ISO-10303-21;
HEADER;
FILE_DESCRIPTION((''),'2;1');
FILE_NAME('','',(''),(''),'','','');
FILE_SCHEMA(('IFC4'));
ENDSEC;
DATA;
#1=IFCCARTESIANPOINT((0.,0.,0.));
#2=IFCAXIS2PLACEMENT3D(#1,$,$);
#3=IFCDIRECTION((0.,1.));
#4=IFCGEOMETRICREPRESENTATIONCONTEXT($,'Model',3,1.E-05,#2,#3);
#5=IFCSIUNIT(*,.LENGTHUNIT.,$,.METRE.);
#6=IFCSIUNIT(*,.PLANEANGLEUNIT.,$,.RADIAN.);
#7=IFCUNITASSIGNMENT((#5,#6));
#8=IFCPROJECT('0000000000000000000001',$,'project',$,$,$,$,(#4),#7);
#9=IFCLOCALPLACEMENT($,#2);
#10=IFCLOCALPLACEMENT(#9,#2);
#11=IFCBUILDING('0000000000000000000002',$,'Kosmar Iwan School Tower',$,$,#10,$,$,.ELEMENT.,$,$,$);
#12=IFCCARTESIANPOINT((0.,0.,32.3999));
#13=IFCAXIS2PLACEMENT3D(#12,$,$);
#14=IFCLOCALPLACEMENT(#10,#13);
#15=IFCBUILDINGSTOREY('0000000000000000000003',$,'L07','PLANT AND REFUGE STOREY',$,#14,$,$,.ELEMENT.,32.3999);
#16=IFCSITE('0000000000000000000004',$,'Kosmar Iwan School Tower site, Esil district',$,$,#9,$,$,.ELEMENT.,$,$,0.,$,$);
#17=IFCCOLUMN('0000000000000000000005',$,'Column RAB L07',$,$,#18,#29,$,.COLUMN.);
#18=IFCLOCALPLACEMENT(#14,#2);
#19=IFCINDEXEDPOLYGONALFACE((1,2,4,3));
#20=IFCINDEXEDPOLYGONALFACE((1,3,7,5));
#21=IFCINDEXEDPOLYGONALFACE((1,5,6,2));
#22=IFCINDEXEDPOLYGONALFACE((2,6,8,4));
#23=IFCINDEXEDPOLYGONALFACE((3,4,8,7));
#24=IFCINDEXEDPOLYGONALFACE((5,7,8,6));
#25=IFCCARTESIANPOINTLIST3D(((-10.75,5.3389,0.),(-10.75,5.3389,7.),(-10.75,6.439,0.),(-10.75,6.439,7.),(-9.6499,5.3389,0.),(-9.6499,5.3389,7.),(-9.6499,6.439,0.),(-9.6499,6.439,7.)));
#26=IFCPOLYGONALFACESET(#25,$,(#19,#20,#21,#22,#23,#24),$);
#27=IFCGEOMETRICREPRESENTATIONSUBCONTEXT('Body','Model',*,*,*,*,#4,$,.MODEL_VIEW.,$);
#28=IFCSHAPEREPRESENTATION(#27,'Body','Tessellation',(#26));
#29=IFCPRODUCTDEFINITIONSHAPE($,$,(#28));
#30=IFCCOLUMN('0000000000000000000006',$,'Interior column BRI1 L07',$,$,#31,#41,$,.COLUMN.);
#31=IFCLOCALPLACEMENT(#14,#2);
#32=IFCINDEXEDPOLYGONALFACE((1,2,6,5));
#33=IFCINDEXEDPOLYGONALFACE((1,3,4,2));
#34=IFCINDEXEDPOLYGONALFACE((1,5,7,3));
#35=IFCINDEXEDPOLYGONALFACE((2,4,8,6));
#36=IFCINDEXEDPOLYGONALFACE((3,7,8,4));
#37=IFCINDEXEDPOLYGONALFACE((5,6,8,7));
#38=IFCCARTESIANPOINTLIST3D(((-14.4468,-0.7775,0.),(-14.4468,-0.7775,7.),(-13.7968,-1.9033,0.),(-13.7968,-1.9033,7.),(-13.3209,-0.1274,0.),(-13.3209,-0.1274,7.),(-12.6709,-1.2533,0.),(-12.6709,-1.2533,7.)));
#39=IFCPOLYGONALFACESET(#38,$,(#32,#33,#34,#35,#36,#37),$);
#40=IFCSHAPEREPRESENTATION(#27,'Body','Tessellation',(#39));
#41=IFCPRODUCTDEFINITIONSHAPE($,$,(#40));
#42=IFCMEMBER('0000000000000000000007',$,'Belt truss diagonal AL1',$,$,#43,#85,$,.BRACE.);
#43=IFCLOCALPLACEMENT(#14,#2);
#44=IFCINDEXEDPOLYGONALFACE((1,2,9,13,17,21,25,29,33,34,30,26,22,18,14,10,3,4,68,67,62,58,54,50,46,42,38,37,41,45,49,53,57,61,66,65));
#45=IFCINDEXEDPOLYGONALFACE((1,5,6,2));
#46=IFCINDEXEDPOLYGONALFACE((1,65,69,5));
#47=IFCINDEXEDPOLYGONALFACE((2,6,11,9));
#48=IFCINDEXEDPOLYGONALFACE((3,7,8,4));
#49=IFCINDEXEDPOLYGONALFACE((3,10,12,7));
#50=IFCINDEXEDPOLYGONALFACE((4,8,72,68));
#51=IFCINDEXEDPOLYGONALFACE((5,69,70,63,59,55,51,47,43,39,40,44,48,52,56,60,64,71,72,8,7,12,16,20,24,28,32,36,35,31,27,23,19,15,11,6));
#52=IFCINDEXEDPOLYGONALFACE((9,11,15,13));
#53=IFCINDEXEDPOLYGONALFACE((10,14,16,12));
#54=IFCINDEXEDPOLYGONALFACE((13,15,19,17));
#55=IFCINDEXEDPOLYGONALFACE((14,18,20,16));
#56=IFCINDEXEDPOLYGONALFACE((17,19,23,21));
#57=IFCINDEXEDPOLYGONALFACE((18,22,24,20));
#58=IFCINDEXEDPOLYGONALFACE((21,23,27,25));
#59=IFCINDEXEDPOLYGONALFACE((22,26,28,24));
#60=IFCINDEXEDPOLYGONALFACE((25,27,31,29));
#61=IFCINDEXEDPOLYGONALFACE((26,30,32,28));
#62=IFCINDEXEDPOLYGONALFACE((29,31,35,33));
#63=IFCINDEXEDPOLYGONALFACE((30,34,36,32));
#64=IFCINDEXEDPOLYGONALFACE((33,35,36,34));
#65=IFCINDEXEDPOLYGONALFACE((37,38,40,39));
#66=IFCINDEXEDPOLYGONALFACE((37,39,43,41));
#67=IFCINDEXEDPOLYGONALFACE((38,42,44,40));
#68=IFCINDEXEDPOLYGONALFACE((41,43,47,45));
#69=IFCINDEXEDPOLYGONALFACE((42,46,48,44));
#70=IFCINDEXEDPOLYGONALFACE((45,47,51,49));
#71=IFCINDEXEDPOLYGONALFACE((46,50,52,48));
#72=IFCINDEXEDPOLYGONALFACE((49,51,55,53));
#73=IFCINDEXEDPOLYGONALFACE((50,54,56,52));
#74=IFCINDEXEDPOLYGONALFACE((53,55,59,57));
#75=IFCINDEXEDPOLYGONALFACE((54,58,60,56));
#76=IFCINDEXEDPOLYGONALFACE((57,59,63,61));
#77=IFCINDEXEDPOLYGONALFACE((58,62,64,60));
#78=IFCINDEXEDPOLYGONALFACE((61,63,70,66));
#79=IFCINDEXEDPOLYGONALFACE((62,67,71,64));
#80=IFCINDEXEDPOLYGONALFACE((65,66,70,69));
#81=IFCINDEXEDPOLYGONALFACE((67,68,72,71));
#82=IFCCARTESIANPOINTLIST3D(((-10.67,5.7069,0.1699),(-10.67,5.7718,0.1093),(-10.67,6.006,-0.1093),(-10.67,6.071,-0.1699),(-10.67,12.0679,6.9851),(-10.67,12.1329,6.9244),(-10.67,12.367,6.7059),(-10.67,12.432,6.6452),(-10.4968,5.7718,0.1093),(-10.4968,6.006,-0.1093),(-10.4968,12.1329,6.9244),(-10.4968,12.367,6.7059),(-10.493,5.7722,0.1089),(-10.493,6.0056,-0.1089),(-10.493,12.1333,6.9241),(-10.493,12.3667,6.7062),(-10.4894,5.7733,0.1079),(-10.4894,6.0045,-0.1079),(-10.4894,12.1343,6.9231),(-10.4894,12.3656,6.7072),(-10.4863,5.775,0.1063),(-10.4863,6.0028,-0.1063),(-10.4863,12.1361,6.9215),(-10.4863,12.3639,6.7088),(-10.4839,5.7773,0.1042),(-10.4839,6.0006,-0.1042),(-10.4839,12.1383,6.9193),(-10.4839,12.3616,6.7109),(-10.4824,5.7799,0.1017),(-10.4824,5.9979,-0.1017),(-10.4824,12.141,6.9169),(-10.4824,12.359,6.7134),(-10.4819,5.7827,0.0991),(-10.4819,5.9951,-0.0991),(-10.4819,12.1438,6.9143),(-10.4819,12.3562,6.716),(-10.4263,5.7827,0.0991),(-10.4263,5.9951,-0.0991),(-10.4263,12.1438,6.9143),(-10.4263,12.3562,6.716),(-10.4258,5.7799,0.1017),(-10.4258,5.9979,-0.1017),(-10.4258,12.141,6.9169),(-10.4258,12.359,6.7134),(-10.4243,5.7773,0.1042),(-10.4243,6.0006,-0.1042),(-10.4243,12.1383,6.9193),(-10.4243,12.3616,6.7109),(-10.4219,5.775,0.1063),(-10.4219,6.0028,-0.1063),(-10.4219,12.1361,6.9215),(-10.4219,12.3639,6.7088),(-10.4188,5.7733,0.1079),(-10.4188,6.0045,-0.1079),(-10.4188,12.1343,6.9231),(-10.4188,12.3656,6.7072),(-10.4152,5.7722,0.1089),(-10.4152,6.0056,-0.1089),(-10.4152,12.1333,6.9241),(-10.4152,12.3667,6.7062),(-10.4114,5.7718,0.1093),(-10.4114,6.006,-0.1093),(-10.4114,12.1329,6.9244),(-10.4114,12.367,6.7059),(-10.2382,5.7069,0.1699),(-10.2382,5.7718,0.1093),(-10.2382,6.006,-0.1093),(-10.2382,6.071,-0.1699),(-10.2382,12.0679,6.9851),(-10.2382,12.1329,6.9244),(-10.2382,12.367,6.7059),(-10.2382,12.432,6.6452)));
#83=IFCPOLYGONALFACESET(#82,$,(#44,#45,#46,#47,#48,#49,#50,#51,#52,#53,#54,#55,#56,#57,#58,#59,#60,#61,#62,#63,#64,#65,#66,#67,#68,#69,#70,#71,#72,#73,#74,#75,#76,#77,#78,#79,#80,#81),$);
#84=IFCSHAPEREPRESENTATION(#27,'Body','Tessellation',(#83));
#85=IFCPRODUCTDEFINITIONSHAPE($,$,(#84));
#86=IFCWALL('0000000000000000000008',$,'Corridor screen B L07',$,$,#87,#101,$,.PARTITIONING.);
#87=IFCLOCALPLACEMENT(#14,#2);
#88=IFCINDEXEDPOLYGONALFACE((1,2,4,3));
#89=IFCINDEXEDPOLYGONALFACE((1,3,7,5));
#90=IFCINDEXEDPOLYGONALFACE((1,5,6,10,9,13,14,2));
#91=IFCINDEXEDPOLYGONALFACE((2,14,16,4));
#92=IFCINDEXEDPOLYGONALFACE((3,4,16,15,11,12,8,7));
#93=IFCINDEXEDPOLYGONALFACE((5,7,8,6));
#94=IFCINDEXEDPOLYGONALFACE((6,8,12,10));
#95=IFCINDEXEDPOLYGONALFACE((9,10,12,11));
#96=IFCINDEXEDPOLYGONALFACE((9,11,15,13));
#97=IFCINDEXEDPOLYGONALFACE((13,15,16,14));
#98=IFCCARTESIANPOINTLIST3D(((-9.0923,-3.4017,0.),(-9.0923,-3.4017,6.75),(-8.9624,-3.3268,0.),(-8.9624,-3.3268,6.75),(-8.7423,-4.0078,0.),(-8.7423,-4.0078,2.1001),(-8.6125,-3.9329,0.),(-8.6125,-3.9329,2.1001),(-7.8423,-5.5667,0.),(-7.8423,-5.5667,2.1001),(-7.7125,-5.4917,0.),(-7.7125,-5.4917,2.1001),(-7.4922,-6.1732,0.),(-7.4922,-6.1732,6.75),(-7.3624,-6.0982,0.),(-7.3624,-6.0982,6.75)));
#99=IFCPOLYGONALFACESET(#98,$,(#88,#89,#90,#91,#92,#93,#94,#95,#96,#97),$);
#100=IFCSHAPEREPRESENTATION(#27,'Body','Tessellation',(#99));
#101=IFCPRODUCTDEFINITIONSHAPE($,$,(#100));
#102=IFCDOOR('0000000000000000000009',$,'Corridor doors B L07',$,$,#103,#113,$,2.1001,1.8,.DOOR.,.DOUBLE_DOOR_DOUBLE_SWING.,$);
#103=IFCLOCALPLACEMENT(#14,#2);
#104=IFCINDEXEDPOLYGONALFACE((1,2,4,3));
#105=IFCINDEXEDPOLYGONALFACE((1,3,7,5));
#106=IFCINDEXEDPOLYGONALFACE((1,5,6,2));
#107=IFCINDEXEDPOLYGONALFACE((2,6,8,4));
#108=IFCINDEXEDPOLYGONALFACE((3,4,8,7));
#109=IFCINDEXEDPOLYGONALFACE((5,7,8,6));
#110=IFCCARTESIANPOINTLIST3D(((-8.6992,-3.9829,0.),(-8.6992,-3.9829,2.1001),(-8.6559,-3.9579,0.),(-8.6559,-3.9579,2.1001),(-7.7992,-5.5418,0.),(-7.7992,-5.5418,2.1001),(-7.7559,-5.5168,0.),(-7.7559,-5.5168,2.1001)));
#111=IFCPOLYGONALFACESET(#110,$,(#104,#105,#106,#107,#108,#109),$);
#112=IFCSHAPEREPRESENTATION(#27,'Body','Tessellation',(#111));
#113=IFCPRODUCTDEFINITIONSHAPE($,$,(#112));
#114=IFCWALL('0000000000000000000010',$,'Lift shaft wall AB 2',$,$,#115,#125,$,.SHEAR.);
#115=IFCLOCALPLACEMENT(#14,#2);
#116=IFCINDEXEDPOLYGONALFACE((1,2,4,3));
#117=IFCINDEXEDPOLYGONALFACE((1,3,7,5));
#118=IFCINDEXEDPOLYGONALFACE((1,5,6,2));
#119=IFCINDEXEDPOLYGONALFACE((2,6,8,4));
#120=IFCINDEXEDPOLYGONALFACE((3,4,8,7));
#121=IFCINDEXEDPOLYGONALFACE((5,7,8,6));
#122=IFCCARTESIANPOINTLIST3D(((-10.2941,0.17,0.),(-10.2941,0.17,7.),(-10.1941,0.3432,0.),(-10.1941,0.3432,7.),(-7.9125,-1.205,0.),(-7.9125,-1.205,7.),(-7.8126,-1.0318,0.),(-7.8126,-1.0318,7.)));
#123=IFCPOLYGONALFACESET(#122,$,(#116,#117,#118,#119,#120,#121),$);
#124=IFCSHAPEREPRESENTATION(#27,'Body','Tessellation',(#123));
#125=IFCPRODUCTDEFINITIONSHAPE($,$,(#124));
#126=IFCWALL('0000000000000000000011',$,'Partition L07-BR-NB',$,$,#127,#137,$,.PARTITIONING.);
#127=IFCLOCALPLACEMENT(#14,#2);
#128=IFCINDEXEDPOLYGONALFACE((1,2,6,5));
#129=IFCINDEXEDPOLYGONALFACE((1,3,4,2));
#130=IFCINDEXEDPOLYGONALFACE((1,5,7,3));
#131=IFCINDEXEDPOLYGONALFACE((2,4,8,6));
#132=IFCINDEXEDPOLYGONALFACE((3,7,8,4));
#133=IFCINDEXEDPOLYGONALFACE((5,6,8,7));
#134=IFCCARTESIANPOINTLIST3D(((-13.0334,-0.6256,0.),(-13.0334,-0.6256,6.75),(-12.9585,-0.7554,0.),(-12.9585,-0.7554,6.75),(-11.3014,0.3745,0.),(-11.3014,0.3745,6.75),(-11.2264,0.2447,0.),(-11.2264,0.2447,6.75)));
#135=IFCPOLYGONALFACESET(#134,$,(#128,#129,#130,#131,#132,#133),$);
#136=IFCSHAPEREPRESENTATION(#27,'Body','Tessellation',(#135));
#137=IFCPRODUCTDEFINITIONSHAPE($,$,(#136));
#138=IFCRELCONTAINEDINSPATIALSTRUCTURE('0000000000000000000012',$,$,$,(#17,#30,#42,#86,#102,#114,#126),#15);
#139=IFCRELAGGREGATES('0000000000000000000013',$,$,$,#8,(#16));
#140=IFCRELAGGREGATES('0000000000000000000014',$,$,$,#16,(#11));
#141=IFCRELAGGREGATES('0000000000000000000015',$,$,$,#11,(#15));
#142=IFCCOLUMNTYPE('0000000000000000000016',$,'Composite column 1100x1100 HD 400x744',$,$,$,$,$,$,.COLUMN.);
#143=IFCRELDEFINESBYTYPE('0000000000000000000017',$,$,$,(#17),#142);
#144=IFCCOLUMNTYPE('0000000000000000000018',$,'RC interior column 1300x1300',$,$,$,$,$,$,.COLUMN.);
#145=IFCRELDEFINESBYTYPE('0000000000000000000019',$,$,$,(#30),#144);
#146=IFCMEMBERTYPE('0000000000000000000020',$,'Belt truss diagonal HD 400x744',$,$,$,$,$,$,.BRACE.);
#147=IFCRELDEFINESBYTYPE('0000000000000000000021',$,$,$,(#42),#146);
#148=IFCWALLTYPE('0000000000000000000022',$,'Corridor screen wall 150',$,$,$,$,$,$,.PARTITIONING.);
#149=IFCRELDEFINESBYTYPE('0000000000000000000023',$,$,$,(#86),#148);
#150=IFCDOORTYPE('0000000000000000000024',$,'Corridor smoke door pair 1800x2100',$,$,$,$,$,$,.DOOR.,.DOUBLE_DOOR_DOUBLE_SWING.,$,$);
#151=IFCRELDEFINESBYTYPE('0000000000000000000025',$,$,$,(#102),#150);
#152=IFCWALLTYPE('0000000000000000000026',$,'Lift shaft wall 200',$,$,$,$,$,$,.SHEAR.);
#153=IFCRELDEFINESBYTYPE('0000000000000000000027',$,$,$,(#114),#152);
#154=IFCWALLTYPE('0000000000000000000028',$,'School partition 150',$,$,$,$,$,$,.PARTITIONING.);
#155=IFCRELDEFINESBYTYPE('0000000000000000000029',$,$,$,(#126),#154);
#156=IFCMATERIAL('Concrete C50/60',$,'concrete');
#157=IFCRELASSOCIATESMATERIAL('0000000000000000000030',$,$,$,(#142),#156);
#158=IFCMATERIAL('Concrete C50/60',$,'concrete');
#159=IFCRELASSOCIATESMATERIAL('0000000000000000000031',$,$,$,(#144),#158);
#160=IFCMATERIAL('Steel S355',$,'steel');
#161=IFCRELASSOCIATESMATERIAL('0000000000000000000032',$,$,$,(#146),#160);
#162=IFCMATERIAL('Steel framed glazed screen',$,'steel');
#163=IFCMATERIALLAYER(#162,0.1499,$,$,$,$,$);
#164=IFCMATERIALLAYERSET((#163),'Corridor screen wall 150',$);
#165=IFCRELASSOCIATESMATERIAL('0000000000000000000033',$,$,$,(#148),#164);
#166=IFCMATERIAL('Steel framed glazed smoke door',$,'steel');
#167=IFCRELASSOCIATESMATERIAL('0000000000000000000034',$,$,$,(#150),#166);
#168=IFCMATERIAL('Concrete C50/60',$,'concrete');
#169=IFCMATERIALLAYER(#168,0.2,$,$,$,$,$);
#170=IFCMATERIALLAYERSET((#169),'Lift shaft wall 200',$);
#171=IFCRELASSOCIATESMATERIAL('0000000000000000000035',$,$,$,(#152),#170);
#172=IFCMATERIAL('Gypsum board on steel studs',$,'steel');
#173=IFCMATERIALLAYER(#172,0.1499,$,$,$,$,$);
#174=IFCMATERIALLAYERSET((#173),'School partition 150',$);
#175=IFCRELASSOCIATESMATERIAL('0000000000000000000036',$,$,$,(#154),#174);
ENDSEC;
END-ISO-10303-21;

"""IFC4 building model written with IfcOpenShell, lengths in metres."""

from ifc_helpers import new_model, si_unit, direction, frame, frame_2d, origin, origin_2d, place, context, subcontext, project, spatial, rectangle, i_section, extrude, material, layer, layer_set, material_profile, profile_set, type_object, element, fill, save


model = new_model("IFC4")

# Units and contexts
model_context = context("Model", 3, precision=1e-05, world=origin(), true_north=direction((0.0, 1.0)))
body_context = subcontext(model_context, "Body", "Model", "MODEL_VIEW")
ifc_project = project(units=[si_unit("LENGTHUNIT", "METRE"), si_unit("PLANEANGLEUNIT", "RADIAN")], contexts=[model_context])

# Site, building, storey
site_placement = place(None, origin())
site = spatial("IfcSite", under=ifc_project, at=site_placement, Name="Kosmar Iwan School Tower site, Esil district", CompositionType="ELEMENT", RefElevation=0.0)
building_placement = place(site_placement, origin())
building = spatial("IfcBuilding", under=site, at=building_placement, Name="Kosmar Iwan School Tower", CompositionType="ELEMENT")
storey_placement = place(building_placement, frame((0.0, 0.0, 32.3999)))
storey = spatial("IfcBuildingStorey", under=building, at=storey_placement, Name="L07", Description="PLANT AND REFUGE STOREY", CompositionType="ELEMENT", Elevation=32.3999)

# Columns
ifc_material_1 = material(Name="Concrete C50/60", Category="concrete")
ifc_material_profile_1 = material_profile(ifc_material_1, rectangle(XDim=1.1001, YDim=1.1001, at=origin_2d()), Name="RC 1100x1100 + HD 400x744")
ifc_profile_set_1 = profile_set([ifc_material_profile_1], Name="Concrete C50/60")
column_type_1 = type_object("IfcColumnType", Name="Composite column 1100x1100 HD 400x744", PredefinedType="COLUMN", material=ifc_profile_set_1)
column_1_placement = place(storey_placement, frame((-10.2, 5.8889, 0.0), z_axis=(0.0, 0.0, 1.0), x_axis=(1.0, 0.0, 0.0)))
element("IfcColumn", 1, at=column_1_placement, inside=storey, type_object=column_type_1, Name="Column RAB L07", PredefinedType="COLUMN", context=body_context, shape_type="SweptSolid", body=[
    extrude(rectangle(XDim=1.1001, YDim=1.1001, at=origin_2d()), origin(), (0.0, 0.0, 1.0), 7.0),
])
ifc_material_2 = material(Name="Concrete C50/60", Category="concrete")
ifc_material_profile_2 = material_profile(ifc_material_2, rectangle(XDim=1.3, YDim=1.3, at=origin_2d()), Name="RC 1300x1300")
ifc_profile_set_2 = profile_set([ifc_material_profile_2], Name="Concrete C50/60")
column_type_2 = type_object("IfcColumnType", Name="RC interior column 1300x1300", PredefinedType="COLUMN", material=ifc_profile_set_2)
column_2_placement = place(storey_placement, frame((-13.5588, -1.0154, 0.0), z_axis=(0.0, 0.0, 1.0), x_axis=(-0.866025, -0.5, 0.0)))
element("IfcColumn", 2, at=column_2_placement, inside=storey, type_object=column_type_2, Name="Interior column BRI1 L07", PredefinedType="COLUMN", context=body_context, shape_type="SweptSolid", body=[
    extrude(rectangle(XDim=1.3, YDim=1.3, at=origin_2d()), origin(), (0.0, 0.0, 1.0), 7.0),
])

# Member
ifc_material_3 = material(Name="Steel S355", Category="steel")
ifc_material_profile_3 = material_profile(ifc_material_3, i_section(OverallWidth=0.4319, OverallDepth=0.498, WebThickness=0.0557, FlangeThickness=0.0889, FilletRadius=0.0149, at=origin_2d()), Name="HD 400x744")
ifc_profile_set_3 = profile_set([ifc_material_profile_3], Name="Steel S355")
member_type = type_object("IfcMemberType", Name="Belt truss diagonal HD 400x744", PredefinedType="BRACE", material=ifc_profile_set_3)
member_placement = place(storey_placement, frame((-10.4541, 5.8889, 0.0), z_axis=(0.0, 0.682332, 0.731042), x_axis=(-1.0, 0.0, 0.0)))
element("IfcMember", 3, at=member_placement, inside=storey, type_object=member_type, Name="Belt truss diagonal AL1", PredefinedType="BRACE", context=body_context, shape_type="SweptSolid", body=[
    extrude(i_section(OverallWidth=0.4319, OverallDepth=0.498, WebThickness=0.0557, FlangeThickness=0.0889, FilletRadius=0.0149, at=origin_2d()), origin(), (0.0, 0.0, 1.0), 9.3225),
])

# Wall, opening, door
ifc_material_4 = material(Name="Steel framed glazed screen", Category="steel")
ifc_layer_1 = layer(ifc_material_4, 0.1499)
ifc_layer_set_1 = layer_set([ifc_layer_1], Name="Corridor screen wall 150")
wall_type_1 = type_object("IfcWallType", Name="Corridor screen wall 150", PredefinedType="PARTITIONING", material=ifc_layer_set_1)
wall_1_placement = place(storey_placement, frame((-9.0273, -3.3643, 0.0), z_axis=(0.0, 0.0, 1.0), x_axis=(0.499995, -0.866028, 0.0)))
wall_1 = element("IfcWall", 4, at=wall_1_placement, inside=storey, type_object=wall_type_1, Name="Corridor screen B L07", PredefinedType="PARTITIONING", context=body_context, shape_type="SweptSolid", body=[
    extrude(rectangle(XDim=3.2002, YDim=0.1499, at=frame_2d((1.6001, 0.0))), origin(), (0.0, 0.0, 1.0), 6.75),
])
opening_1_placement = place(wall_1_placement, frame((0.7, 0.0, 0.0)))
opening_1 = element("IfcOpeningElement", 5, at=opening_1_placement, cuts=wall_1, PredefinedType="OPENING", context=body_context, shape_type="SweptSolid", body=[
    extrude(rectangle(XDim=1.8, YDim=2.1001, at=frame_2d((0.8999, 1.05))), frame((0.0, 0.0869, 0.0), z_axis=(0.0, -1.0, 0.0), x_axis=(1.0, 0.0, 0.0)), (0.0, 0.0, 1.0), 0.1738),
])
ifc_material_5 = material(Name="Steel framed glazed smoke door", Category="steel")
door_type_1 = type_object("IfcDoorType", Name="Corridor smoke door pair 1800x2100", OperationType="DOUBLE_DOOR_DOUBLE_SWING", PredefinedType="DOOR", material=ifc_material_5)
door_1_placement = place(opening_1_placement, origin())
door_1 = element("IfcDoor", 6, at=door_1_placement, inside=storey, type_object=door_type_1, Name="Corridor doors B L07", OperationType="DOUBLE_DOOR_DOUBLE_SWING", OverallHeight=2.1001, OverallWidth=1.8, PredefinedType="DOOR", context=body_context, shape_type="SweptSolid", body=[
    extrude(rectangle(XDim=1.8, YDim=2.1001, at=frame_2d((0.8999, 1.05))), frame((0.0, 0.0249, 0.0), z_axis=(0.0, -1.0, 0.0), x_axis=(1.0, 0.0, 0.0)), (0.0, 0.0, 1.0), 0.05),
])
fill(opening_1, door_1)

# Walls
ifc_material_6 = material(Name="Concrete C50/60", Category="concrete")
ifc_layer_2 = layer(ifc_material_6, 0.2)
ifc_layer_set_2 = layer_set([ifc_layer_2], Name="Lift shaft wall 200")
wall_type_2 = type_object("IfcWallType", Name="Lift shaft wall 200", PredefinedType="SHEAR", material=ifc_layer_set_2)
wall_2_placement = place(storey_placement, frame((-7.8625, -1.1184, 0.0), z_axis=(0.0, 0.0, 1.0), x_axis=(-0.866027, 0.499997, 0.0)))
element("IfcWall", 7, at=wall_2_placement, inside=storey, type_object=wall_type_2, Name="Lift shaft wall AB 2", PredefinedType="SHEAR", context=body_context, shape_type="SweptSolid", body=[
    extrude(rectangle(XDim=2.75, YDim=0.2, at=frame_2d((1.375, 0.0))), origin(), (0.0, 0.0, 1.0), 7.0),
])
ifc_material_7 = material(Name="Gypsum board on steel studs", Category="steel")
ifc_layer_3 = layer(ifc_material_7, 0.1499)
ifc_layer_set_3 = layer_set([ifc_layer_3], Name="School partition 150")
wall_type_3 = type_object("IfcWallType", Name="School partition 150", PredefinedType="PARTITIONING", material=ifc_layer_set_3)
wall_3_placement = place(storey_placement, frame((-11.2639, 0.3096, 0.0), z_axis=(0.0, 0.0, 1.0), x_axis=(-0.866011, -0.500025, 0.0)))
element("IfcWall", 8, at=wall_3_placement, inside=storey, type_object=wall_type_3, Name="Partition L07-BR-NB", PredefinedType="PARTITIONING", context=body_context, shape_type="SweptSolid", body=[
    extrude(rectangle(XDim=2.0, YDim=0.1499, at=frame_2d((1.0, 0.0))), origin(), (0.0, 0.0, 1.0), 6.75),
])

save(model, "model.ifc")
